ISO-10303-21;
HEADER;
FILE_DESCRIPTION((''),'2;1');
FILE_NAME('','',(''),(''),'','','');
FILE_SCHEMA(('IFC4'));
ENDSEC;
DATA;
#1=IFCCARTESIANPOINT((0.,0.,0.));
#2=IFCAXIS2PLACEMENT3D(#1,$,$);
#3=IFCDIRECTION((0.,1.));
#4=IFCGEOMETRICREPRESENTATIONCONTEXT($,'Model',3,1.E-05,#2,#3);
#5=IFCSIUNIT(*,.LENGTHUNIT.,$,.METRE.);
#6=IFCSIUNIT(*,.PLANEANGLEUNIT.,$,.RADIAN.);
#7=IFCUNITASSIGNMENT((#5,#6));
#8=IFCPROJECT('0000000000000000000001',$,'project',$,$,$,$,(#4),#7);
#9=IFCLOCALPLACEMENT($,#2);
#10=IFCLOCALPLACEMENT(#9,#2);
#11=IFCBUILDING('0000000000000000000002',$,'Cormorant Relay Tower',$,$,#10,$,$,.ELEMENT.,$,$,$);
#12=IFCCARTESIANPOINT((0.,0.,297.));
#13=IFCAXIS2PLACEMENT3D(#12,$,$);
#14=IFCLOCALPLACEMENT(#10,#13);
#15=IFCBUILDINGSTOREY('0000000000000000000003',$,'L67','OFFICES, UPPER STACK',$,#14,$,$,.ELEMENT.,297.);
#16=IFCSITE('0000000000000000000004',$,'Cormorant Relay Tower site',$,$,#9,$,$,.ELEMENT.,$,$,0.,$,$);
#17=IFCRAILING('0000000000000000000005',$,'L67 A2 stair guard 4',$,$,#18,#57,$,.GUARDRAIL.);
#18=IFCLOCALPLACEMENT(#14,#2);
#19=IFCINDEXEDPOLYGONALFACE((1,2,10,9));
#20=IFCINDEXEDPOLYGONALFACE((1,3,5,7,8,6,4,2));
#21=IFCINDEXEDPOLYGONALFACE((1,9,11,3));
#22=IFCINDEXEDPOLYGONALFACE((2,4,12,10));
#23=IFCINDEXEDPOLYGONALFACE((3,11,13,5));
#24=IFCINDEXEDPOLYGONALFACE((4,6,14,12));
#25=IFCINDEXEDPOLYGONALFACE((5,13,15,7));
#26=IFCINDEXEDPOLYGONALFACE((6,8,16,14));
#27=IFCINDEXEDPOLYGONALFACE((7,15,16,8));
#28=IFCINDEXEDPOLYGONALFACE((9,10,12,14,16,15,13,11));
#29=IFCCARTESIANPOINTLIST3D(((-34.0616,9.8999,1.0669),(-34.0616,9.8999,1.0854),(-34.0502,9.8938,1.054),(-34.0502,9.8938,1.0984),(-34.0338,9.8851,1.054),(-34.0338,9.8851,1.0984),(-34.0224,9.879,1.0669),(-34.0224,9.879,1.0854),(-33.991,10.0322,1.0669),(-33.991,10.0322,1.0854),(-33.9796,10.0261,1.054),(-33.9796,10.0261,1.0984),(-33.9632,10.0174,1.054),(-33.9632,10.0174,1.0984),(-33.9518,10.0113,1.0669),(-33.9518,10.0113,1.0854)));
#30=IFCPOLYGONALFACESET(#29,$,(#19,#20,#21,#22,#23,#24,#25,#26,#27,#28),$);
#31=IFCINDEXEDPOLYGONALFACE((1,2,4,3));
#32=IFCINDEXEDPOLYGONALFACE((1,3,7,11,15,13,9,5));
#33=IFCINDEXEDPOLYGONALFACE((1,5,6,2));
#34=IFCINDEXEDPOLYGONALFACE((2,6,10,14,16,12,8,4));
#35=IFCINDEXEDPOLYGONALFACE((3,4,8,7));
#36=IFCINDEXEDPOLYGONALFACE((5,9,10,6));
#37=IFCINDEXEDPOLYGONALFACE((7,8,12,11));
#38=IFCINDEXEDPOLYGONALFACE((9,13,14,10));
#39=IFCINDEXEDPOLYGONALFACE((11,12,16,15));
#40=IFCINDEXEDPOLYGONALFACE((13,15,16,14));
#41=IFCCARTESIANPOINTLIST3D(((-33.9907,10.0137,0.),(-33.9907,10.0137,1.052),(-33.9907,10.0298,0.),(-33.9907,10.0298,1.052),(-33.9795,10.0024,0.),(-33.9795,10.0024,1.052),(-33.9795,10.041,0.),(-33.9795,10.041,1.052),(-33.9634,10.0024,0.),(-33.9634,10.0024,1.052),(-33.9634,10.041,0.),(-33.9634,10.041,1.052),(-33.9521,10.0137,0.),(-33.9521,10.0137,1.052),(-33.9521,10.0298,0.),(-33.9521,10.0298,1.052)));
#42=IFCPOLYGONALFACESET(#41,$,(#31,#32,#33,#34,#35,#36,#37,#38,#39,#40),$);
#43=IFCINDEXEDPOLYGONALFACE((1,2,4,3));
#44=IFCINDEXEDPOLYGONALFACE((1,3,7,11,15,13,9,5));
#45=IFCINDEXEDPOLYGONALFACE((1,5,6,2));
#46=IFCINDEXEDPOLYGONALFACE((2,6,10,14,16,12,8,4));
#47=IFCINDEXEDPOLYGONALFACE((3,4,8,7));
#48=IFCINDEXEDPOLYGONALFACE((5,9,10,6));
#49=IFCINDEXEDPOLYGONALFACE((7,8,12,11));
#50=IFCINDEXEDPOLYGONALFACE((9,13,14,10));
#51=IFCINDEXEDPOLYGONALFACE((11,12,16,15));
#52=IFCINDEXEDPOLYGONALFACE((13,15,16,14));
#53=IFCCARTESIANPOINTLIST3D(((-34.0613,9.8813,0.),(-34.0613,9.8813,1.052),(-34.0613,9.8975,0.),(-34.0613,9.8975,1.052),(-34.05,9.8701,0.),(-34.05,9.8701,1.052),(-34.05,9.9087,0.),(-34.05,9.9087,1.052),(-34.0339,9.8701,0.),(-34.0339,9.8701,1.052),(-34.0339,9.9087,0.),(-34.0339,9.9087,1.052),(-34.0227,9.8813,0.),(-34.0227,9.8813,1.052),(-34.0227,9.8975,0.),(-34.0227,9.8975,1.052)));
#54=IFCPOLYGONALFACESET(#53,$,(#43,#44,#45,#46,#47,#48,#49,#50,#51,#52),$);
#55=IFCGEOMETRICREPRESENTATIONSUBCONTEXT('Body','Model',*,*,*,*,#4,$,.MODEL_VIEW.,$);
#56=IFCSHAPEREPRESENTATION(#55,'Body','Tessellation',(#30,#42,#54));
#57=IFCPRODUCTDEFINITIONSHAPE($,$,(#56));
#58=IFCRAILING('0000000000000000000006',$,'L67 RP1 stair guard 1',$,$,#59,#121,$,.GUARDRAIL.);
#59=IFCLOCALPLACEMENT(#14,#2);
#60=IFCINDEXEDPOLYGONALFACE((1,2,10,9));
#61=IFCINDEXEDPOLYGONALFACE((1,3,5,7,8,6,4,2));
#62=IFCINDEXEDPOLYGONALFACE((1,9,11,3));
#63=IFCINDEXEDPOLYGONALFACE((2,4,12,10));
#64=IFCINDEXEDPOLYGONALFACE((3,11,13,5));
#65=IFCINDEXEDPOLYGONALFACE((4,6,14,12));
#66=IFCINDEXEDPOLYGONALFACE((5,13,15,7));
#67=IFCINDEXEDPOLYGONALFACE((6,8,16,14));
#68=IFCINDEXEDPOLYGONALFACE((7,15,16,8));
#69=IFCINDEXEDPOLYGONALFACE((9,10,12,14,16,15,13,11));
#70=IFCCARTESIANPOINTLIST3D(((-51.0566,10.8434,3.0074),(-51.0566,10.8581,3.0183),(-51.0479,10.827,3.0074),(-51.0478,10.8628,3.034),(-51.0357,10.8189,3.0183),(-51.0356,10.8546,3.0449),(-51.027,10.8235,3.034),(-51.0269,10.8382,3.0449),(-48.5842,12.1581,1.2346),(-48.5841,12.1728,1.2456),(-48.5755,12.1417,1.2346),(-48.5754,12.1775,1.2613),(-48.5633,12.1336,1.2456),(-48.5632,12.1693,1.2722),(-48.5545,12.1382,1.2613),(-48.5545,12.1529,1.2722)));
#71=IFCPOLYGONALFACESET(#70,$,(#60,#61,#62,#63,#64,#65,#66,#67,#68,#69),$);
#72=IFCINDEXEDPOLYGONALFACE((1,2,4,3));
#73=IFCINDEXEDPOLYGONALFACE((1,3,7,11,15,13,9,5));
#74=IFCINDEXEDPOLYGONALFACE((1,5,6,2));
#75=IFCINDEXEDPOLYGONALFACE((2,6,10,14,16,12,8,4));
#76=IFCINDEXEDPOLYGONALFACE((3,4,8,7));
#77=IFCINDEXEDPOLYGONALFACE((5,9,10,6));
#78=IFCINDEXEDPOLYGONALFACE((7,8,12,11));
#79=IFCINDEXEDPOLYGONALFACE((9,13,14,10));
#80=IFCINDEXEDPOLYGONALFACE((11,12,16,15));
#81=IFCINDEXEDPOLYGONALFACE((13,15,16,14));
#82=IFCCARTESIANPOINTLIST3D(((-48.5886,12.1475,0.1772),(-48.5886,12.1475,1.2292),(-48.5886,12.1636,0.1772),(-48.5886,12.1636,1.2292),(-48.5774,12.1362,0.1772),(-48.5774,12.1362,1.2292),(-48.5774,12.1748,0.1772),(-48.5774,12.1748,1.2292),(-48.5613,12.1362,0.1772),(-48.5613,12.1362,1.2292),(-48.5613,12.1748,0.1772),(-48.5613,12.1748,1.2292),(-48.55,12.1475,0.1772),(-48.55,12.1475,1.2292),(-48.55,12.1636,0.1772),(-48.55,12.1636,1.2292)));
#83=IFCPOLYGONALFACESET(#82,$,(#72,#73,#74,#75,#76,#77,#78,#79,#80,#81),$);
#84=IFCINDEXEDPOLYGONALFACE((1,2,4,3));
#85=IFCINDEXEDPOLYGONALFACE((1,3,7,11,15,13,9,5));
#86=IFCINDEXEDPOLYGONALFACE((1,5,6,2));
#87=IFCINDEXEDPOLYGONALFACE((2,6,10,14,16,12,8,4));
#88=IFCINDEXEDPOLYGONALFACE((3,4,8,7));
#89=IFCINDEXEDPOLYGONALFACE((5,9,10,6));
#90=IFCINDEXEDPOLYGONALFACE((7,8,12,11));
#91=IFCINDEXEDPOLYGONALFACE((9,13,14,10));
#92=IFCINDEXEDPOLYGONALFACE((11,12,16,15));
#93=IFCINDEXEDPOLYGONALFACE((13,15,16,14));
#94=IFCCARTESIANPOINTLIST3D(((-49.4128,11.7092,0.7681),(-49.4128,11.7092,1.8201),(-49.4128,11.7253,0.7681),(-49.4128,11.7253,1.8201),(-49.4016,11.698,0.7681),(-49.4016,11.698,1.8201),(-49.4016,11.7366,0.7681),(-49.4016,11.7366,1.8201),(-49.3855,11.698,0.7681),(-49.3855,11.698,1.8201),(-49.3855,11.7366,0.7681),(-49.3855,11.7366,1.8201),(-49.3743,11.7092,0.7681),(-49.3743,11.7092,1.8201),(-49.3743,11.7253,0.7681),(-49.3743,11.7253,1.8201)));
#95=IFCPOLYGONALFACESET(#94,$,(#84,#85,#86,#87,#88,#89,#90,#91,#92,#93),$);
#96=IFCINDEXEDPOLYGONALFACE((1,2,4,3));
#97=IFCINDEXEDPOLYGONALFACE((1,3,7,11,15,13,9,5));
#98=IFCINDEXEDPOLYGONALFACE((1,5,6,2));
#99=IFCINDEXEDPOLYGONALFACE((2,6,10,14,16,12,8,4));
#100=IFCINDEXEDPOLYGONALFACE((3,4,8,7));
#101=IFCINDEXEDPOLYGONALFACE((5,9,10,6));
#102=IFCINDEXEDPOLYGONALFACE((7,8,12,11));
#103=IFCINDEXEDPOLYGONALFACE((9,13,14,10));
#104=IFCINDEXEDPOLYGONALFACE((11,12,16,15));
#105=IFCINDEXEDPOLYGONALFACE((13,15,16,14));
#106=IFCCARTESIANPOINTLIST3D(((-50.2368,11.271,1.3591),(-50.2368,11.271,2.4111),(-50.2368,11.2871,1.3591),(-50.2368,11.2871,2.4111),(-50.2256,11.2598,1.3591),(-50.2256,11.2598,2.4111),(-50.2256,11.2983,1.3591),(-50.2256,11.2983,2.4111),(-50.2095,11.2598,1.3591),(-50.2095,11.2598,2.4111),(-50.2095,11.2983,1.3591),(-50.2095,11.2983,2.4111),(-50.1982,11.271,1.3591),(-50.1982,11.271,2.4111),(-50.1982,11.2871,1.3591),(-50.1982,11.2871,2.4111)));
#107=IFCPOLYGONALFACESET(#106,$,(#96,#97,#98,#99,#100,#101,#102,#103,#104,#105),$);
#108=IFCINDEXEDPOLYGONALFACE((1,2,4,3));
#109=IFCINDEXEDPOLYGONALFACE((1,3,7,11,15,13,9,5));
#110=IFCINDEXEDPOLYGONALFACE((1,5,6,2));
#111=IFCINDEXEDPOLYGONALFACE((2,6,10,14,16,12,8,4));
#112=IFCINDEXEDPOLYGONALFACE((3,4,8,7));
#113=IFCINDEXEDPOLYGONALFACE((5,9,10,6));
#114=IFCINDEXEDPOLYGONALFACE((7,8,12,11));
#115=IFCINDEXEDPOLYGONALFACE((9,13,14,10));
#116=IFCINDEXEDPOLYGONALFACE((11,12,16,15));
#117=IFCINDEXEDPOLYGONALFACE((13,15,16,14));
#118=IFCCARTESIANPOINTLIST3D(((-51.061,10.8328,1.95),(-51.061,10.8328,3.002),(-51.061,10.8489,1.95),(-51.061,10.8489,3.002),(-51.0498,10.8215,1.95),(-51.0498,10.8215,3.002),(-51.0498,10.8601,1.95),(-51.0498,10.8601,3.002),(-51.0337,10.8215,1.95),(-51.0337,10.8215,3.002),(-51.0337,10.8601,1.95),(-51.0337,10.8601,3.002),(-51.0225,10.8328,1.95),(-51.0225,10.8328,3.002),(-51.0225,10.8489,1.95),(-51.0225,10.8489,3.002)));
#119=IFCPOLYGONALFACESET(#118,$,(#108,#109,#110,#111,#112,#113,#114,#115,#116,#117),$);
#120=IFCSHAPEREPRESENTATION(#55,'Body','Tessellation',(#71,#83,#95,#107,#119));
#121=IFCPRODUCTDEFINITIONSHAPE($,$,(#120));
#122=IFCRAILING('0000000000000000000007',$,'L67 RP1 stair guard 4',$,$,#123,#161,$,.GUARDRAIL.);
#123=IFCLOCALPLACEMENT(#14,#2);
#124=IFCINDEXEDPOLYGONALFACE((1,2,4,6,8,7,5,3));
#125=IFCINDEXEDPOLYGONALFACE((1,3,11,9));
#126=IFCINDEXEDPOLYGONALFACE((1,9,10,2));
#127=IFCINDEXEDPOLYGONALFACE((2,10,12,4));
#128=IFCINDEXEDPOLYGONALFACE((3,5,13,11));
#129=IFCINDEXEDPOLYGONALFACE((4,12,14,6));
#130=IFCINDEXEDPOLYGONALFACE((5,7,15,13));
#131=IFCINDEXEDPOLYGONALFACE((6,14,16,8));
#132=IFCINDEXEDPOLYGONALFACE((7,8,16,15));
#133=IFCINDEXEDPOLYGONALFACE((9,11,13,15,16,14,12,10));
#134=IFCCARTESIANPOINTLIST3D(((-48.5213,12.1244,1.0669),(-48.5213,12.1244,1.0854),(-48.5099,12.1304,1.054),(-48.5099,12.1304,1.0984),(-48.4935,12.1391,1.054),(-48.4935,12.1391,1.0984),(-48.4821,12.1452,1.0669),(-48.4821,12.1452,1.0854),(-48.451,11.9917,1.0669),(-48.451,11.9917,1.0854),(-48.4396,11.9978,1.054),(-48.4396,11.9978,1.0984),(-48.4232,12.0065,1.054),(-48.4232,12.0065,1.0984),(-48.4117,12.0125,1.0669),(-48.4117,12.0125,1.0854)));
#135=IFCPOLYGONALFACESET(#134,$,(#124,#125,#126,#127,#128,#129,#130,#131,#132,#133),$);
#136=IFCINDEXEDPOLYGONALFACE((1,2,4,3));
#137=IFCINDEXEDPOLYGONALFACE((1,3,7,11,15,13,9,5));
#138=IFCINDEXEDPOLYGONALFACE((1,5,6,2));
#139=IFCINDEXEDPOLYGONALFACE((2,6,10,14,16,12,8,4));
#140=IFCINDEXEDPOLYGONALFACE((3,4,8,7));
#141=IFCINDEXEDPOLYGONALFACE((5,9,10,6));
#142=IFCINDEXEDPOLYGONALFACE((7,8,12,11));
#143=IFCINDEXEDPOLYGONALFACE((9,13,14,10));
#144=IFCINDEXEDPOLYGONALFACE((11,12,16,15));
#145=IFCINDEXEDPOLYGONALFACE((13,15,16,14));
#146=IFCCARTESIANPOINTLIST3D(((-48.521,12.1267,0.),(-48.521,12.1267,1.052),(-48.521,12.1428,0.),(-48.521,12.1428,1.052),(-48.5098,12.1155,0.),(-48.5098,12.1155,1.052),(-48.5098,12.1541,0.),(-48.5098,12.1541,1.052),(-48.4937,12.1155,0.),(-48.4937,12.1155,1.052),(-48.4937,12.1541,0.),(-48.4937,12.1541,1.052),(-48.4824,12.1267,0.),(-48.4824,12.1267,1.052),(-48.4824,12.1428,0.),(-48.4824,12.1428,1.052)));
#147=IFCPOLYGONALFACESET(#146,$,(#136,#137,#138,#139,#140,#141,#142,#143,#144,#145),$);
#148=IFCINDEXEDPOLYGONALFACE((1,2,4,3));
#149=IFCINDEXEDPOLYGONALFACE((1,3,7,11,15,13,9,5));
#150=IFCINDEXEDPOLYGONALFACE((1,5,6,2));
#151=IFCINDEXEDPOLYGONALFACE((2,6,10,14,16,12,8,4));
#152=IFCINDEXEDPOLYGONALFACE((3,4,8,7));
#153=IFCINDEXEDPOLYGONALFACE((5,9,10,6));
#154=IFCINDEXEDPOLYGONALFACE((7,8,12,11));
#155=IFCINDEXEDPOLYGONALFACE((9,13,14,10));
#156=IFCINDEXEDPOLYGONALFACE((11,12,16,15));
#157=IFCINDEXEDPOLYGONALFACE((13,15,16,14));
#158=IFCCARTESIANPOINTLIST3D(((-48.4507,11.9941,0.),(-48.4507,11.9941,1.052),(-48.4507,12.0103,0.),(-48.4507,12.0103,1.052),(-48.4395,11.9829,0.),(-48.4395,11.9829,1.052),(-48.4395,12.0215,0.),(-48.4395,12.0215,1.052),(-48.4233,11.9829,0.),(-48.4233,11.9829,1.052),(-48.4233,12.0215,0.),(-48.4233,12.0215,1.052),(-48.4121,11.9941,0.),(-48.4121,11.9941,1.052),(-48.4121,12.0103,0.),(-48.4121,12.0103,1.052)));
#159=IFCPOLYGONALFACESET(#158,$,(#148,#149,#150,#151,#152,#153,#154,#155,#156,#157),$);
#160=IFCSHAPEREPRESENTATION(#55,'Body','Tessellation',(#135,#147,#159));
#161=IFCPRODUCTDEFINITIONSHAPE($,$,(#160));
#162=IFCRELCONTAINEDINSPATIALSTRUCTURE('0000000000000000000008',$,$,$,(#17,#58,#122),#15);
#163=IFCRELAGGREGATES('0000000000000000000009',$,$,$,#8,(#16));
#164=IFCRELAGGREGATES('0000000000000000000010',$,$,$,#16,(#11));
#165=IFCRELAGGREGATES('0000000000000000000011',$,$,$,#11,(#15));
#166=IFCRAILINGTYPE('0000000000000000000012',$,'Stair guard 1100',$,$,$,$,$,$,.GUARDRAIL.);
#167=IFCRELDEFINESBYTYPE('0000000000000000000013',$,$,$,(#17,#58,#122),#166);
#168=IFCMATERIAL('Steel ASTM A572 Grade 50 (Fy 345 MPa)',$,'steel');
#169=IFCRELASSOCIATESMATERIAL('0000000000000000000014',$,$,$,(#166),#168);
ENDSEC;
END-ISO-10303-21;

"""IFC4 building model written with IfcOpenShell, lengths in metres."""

from ifc_helpers import new_model, si_unit, direction, frame, origin, place, context, subcontext, project, spatial, polyline, outline, extrude, material, type_object, element, save


model = new_model("IFC4")

# Units and contexts
model_context = context("Model", 3, precision=1e-05, world=origin(), true_north=direction((0.0, 1.0)))
body_context = subcontext(model_context, "Body", "Model", "MODEL_VIEW")
ifc_project = project(units=[si_unit("LENGTHUNIT", "METRE"), si_unit("PLANEANGLEUNIT", "RADIAN")], contexts=[model_context])

# Site, building, storey
site_placement = place(None, origin())
site = spatial("IfcSite", under=ifc_project, at=site_placement, Name="Cormorant Relay Tower site", CompositionType="ELEMENT", RefElevation=0.0)
building_placement = place(site_placement, origin())
building = spatial("IfcBuilding", under=site, at=building_placement, Name="Cormorant Relay Tower", CompositionType="ELEMENT")
storey_placement = place(building_placement, frame((0.0, 0.0, 297.0)))
storey = spatial("IfcBuildingStorey", under=building, at=storey_placement, Name="L67", Description="OFFICES, UPPER STACK", CompositionType="ELEMENT", Elevation=297.0)

# Railings
ifc_material_1 = material(Name="Steel ASTM A572 Grade 50 (Fy 345 MPa)", Category="steel")
railing_type_1 = type_object("IfcRailingType", Name="Stair guard 1100", PredefinedType="GUARDRAIL", material=ifc_material_1)
railing_1_placement = place(storey_placement, frame((-33.9714, 10.0217, 0.0)))
element("IfcRailing", 1, at=railing_1_placement, inside=storey, type_object=railing_type_1, Name="L67 A2 stair guard 4", PredefinedType="GUARDRAIL", context=body_context, shape_type="SweptSolid", body=[
    extrude(outline(polyline([(0.0222, 0.0093), (0.0093, 0.0222), (-0.0093, 0.0222), (-0.0222, 0.0093), (-0.0222, -0.0093), (-0.0093, -0.0222), (0.0093, -0.0222), (0.0222, -0.0093), (0.0222, 0.0093)])), frame((0.0, 0.0, 1.0762), z_axis=(-0.470504, -0.882398, 0.0), x_axis=(0.882398, -0.470504, 0.0)), (0.0, 0.0, 1.0), 0.1499),
    extrude(outline(polyline([(0.0193, 0.0081), (0.0081, 0.0193), (-0.0081, 0.0193), (-0.0193, 0.0081), (-0.0193, -0.0081), (-0.0081, -0.0193), (0.0081, -0.0193), (0.0193, -0.0081), (0.0193, 0.0081)])), origin(), (0.0, 0.0, 1.0), 1.052),
    extrude(outline(polyline([(0.0193, 0.0081), (0.0081, 0.0193), (-0.0081, 0.0193), (-0.0193, 0.0081), (-0.0193, -0.0081), (-0.0081, -0.0193), (0.0081, -0.0193), (0.0193, -0.0081), (0.0193, 0.0081)])), frame((-0.0706, -0.1323, 0.0)), (0.0, 0.0, 1.0), 1.052),
])
railing_2_placement = place(storey_placement, frame((-48.5693, 12.1555, 0.1772)))
element("IfcRailing", 2, at=railing_2_placement, inside=storey, type_object=railing_type_1, Name="L67 RP1 stair guard 1", PredefinedType="GUARDRAIL", context=body_context, shape_type="SweptSolid", body=[
    extrude(outline(polyline([(0.0222, 0.0093), (0.0093, 0.0222), (-0.0093, 0.0222), (-0.0222, 0.0093), (-0.0222, -0.0093), (-0.0093, -0.0222), (0.0093, -0.0222), (0.0222, -0.0093), (0.0222, 0.0093)])), frame((0.0, 0.0, 1.0762), z_axis=(-0.746012, -0.39669, 0.534886), x_axis=(0.469497, -0.882934, 0.0)), (0.0, 0.0, 1.0), 3.3142),
    extrude(outline(polyline([(0.0193, 0.0081), (0.0081, 0.0193), (-0.0081, 0.0193), (-0.0193, 0.0081), (-0.0193, -0.0081), (-0.0081, -0.0193), (0.0081, -0.0193), (0.0193, -0.0081), (0.0193, 0.0081)])), origin(), (0.0, 0.0, 1.0), 1.052),
    extrude(outline(polyline([(0.0193, 0.0081), (0.0081, 0.0193), (-0.0081, 0.0193), (-0.0193, 0.0081), (-0.0193, -0.0081), (-0.0081, -0.0193), (0.0081, -0.0193), (0.0193, -0.0081), (0.0193, 0.0081)])), frame((-0.8242, -0.4382, 0.5908)), (0.0, 0.0, 1.0), 1.052),
    extrude(outline(polyline([(0.0193, 0.0081), (0.0081, 0.0193), (-0.0081, 0.0193), (-0.0193, 0.0081), (-0.0193, -0.0081), (-0.0081, -0.0193), (0.0081, -0.0193), (0.0193, -0.0081), (0.0193, 0.0081)])), frame((-1.6482, -0.8765, 1.1819)), (0.0, 0.0, 1.0), 1.052),
    extrude(outline(polyline([(0.0193, 0.0081), (0.0081, 0.0193), (-0.0081, 0.0193), (-0.0193, 0.0081), (-0.0193, -0.0081), (-0.0081, -0.0193), (0.0081, -0.0193), (0.0193, -0.0081), (0.0193, 0.0081)])), frame((-2.4724, -1.3147, 1.7727)), (0.0, 0.0, 1.0), 1.052),
])
railing_3_placement = place(storey_placement, frame((-48.5017, 12.1348, 0.0)))
element("IfcRailing", 3, at=railing_3_placement, inside=storey, type_object=railing_type_1, Name="L67 RP1 stair guard 4", PredefinedType="GUARDRAIL", context=body_context, shape_type="SweptSolid", body=[
    extrude(outline(polyline([(0.0222, 0.0093), (0.0093, 0.0222), (-0.0093, 0.0222), (-0.0222, 0.0093), (-0.0222, -0.0093), (-0.0093, -0.0222), (0.0093, -0.0222), (0.0222, -0.0093), (0.0222, 0.0093)])), frame((0.0, 0.0, 1.0762), z_axis=(0.46856, -0.883431, 0.0), x_axis=(0.883431, 0.46856, 0.0)), (0.0, 0.0, 1.0), 0.1501),
    extrude(outline(polyline([(0.0193, 0.0081), (0.0081, 0.0193), (-0.0081, 0.0193), (-0.0193, 0.0081), (-0.0193, -0.0081), (-0.0081, -0.0193), (0.0081, -0.0193), (0.0193, -0.0081), (0.0193, 0.0081)])), origin(), (0.0, 0.0, 1.0), 1.052),
    extrude(outline(polyline([(0.0193, 0.0081), (0.0081, 0.0193), (-0.0081, 0.0193), (-0.0193, 0.0081), (-0.0193, -0.0081), (-0.0081, -0.0193), (0.0081, -0.0193), (0.0193, -0.0081), (0.0193, 0.0081)])), frame((0.0703, -0.1326, 0.0)), (0.0, 0.0, 1.0), 1.052),
])

save(model, "model.ifc")
